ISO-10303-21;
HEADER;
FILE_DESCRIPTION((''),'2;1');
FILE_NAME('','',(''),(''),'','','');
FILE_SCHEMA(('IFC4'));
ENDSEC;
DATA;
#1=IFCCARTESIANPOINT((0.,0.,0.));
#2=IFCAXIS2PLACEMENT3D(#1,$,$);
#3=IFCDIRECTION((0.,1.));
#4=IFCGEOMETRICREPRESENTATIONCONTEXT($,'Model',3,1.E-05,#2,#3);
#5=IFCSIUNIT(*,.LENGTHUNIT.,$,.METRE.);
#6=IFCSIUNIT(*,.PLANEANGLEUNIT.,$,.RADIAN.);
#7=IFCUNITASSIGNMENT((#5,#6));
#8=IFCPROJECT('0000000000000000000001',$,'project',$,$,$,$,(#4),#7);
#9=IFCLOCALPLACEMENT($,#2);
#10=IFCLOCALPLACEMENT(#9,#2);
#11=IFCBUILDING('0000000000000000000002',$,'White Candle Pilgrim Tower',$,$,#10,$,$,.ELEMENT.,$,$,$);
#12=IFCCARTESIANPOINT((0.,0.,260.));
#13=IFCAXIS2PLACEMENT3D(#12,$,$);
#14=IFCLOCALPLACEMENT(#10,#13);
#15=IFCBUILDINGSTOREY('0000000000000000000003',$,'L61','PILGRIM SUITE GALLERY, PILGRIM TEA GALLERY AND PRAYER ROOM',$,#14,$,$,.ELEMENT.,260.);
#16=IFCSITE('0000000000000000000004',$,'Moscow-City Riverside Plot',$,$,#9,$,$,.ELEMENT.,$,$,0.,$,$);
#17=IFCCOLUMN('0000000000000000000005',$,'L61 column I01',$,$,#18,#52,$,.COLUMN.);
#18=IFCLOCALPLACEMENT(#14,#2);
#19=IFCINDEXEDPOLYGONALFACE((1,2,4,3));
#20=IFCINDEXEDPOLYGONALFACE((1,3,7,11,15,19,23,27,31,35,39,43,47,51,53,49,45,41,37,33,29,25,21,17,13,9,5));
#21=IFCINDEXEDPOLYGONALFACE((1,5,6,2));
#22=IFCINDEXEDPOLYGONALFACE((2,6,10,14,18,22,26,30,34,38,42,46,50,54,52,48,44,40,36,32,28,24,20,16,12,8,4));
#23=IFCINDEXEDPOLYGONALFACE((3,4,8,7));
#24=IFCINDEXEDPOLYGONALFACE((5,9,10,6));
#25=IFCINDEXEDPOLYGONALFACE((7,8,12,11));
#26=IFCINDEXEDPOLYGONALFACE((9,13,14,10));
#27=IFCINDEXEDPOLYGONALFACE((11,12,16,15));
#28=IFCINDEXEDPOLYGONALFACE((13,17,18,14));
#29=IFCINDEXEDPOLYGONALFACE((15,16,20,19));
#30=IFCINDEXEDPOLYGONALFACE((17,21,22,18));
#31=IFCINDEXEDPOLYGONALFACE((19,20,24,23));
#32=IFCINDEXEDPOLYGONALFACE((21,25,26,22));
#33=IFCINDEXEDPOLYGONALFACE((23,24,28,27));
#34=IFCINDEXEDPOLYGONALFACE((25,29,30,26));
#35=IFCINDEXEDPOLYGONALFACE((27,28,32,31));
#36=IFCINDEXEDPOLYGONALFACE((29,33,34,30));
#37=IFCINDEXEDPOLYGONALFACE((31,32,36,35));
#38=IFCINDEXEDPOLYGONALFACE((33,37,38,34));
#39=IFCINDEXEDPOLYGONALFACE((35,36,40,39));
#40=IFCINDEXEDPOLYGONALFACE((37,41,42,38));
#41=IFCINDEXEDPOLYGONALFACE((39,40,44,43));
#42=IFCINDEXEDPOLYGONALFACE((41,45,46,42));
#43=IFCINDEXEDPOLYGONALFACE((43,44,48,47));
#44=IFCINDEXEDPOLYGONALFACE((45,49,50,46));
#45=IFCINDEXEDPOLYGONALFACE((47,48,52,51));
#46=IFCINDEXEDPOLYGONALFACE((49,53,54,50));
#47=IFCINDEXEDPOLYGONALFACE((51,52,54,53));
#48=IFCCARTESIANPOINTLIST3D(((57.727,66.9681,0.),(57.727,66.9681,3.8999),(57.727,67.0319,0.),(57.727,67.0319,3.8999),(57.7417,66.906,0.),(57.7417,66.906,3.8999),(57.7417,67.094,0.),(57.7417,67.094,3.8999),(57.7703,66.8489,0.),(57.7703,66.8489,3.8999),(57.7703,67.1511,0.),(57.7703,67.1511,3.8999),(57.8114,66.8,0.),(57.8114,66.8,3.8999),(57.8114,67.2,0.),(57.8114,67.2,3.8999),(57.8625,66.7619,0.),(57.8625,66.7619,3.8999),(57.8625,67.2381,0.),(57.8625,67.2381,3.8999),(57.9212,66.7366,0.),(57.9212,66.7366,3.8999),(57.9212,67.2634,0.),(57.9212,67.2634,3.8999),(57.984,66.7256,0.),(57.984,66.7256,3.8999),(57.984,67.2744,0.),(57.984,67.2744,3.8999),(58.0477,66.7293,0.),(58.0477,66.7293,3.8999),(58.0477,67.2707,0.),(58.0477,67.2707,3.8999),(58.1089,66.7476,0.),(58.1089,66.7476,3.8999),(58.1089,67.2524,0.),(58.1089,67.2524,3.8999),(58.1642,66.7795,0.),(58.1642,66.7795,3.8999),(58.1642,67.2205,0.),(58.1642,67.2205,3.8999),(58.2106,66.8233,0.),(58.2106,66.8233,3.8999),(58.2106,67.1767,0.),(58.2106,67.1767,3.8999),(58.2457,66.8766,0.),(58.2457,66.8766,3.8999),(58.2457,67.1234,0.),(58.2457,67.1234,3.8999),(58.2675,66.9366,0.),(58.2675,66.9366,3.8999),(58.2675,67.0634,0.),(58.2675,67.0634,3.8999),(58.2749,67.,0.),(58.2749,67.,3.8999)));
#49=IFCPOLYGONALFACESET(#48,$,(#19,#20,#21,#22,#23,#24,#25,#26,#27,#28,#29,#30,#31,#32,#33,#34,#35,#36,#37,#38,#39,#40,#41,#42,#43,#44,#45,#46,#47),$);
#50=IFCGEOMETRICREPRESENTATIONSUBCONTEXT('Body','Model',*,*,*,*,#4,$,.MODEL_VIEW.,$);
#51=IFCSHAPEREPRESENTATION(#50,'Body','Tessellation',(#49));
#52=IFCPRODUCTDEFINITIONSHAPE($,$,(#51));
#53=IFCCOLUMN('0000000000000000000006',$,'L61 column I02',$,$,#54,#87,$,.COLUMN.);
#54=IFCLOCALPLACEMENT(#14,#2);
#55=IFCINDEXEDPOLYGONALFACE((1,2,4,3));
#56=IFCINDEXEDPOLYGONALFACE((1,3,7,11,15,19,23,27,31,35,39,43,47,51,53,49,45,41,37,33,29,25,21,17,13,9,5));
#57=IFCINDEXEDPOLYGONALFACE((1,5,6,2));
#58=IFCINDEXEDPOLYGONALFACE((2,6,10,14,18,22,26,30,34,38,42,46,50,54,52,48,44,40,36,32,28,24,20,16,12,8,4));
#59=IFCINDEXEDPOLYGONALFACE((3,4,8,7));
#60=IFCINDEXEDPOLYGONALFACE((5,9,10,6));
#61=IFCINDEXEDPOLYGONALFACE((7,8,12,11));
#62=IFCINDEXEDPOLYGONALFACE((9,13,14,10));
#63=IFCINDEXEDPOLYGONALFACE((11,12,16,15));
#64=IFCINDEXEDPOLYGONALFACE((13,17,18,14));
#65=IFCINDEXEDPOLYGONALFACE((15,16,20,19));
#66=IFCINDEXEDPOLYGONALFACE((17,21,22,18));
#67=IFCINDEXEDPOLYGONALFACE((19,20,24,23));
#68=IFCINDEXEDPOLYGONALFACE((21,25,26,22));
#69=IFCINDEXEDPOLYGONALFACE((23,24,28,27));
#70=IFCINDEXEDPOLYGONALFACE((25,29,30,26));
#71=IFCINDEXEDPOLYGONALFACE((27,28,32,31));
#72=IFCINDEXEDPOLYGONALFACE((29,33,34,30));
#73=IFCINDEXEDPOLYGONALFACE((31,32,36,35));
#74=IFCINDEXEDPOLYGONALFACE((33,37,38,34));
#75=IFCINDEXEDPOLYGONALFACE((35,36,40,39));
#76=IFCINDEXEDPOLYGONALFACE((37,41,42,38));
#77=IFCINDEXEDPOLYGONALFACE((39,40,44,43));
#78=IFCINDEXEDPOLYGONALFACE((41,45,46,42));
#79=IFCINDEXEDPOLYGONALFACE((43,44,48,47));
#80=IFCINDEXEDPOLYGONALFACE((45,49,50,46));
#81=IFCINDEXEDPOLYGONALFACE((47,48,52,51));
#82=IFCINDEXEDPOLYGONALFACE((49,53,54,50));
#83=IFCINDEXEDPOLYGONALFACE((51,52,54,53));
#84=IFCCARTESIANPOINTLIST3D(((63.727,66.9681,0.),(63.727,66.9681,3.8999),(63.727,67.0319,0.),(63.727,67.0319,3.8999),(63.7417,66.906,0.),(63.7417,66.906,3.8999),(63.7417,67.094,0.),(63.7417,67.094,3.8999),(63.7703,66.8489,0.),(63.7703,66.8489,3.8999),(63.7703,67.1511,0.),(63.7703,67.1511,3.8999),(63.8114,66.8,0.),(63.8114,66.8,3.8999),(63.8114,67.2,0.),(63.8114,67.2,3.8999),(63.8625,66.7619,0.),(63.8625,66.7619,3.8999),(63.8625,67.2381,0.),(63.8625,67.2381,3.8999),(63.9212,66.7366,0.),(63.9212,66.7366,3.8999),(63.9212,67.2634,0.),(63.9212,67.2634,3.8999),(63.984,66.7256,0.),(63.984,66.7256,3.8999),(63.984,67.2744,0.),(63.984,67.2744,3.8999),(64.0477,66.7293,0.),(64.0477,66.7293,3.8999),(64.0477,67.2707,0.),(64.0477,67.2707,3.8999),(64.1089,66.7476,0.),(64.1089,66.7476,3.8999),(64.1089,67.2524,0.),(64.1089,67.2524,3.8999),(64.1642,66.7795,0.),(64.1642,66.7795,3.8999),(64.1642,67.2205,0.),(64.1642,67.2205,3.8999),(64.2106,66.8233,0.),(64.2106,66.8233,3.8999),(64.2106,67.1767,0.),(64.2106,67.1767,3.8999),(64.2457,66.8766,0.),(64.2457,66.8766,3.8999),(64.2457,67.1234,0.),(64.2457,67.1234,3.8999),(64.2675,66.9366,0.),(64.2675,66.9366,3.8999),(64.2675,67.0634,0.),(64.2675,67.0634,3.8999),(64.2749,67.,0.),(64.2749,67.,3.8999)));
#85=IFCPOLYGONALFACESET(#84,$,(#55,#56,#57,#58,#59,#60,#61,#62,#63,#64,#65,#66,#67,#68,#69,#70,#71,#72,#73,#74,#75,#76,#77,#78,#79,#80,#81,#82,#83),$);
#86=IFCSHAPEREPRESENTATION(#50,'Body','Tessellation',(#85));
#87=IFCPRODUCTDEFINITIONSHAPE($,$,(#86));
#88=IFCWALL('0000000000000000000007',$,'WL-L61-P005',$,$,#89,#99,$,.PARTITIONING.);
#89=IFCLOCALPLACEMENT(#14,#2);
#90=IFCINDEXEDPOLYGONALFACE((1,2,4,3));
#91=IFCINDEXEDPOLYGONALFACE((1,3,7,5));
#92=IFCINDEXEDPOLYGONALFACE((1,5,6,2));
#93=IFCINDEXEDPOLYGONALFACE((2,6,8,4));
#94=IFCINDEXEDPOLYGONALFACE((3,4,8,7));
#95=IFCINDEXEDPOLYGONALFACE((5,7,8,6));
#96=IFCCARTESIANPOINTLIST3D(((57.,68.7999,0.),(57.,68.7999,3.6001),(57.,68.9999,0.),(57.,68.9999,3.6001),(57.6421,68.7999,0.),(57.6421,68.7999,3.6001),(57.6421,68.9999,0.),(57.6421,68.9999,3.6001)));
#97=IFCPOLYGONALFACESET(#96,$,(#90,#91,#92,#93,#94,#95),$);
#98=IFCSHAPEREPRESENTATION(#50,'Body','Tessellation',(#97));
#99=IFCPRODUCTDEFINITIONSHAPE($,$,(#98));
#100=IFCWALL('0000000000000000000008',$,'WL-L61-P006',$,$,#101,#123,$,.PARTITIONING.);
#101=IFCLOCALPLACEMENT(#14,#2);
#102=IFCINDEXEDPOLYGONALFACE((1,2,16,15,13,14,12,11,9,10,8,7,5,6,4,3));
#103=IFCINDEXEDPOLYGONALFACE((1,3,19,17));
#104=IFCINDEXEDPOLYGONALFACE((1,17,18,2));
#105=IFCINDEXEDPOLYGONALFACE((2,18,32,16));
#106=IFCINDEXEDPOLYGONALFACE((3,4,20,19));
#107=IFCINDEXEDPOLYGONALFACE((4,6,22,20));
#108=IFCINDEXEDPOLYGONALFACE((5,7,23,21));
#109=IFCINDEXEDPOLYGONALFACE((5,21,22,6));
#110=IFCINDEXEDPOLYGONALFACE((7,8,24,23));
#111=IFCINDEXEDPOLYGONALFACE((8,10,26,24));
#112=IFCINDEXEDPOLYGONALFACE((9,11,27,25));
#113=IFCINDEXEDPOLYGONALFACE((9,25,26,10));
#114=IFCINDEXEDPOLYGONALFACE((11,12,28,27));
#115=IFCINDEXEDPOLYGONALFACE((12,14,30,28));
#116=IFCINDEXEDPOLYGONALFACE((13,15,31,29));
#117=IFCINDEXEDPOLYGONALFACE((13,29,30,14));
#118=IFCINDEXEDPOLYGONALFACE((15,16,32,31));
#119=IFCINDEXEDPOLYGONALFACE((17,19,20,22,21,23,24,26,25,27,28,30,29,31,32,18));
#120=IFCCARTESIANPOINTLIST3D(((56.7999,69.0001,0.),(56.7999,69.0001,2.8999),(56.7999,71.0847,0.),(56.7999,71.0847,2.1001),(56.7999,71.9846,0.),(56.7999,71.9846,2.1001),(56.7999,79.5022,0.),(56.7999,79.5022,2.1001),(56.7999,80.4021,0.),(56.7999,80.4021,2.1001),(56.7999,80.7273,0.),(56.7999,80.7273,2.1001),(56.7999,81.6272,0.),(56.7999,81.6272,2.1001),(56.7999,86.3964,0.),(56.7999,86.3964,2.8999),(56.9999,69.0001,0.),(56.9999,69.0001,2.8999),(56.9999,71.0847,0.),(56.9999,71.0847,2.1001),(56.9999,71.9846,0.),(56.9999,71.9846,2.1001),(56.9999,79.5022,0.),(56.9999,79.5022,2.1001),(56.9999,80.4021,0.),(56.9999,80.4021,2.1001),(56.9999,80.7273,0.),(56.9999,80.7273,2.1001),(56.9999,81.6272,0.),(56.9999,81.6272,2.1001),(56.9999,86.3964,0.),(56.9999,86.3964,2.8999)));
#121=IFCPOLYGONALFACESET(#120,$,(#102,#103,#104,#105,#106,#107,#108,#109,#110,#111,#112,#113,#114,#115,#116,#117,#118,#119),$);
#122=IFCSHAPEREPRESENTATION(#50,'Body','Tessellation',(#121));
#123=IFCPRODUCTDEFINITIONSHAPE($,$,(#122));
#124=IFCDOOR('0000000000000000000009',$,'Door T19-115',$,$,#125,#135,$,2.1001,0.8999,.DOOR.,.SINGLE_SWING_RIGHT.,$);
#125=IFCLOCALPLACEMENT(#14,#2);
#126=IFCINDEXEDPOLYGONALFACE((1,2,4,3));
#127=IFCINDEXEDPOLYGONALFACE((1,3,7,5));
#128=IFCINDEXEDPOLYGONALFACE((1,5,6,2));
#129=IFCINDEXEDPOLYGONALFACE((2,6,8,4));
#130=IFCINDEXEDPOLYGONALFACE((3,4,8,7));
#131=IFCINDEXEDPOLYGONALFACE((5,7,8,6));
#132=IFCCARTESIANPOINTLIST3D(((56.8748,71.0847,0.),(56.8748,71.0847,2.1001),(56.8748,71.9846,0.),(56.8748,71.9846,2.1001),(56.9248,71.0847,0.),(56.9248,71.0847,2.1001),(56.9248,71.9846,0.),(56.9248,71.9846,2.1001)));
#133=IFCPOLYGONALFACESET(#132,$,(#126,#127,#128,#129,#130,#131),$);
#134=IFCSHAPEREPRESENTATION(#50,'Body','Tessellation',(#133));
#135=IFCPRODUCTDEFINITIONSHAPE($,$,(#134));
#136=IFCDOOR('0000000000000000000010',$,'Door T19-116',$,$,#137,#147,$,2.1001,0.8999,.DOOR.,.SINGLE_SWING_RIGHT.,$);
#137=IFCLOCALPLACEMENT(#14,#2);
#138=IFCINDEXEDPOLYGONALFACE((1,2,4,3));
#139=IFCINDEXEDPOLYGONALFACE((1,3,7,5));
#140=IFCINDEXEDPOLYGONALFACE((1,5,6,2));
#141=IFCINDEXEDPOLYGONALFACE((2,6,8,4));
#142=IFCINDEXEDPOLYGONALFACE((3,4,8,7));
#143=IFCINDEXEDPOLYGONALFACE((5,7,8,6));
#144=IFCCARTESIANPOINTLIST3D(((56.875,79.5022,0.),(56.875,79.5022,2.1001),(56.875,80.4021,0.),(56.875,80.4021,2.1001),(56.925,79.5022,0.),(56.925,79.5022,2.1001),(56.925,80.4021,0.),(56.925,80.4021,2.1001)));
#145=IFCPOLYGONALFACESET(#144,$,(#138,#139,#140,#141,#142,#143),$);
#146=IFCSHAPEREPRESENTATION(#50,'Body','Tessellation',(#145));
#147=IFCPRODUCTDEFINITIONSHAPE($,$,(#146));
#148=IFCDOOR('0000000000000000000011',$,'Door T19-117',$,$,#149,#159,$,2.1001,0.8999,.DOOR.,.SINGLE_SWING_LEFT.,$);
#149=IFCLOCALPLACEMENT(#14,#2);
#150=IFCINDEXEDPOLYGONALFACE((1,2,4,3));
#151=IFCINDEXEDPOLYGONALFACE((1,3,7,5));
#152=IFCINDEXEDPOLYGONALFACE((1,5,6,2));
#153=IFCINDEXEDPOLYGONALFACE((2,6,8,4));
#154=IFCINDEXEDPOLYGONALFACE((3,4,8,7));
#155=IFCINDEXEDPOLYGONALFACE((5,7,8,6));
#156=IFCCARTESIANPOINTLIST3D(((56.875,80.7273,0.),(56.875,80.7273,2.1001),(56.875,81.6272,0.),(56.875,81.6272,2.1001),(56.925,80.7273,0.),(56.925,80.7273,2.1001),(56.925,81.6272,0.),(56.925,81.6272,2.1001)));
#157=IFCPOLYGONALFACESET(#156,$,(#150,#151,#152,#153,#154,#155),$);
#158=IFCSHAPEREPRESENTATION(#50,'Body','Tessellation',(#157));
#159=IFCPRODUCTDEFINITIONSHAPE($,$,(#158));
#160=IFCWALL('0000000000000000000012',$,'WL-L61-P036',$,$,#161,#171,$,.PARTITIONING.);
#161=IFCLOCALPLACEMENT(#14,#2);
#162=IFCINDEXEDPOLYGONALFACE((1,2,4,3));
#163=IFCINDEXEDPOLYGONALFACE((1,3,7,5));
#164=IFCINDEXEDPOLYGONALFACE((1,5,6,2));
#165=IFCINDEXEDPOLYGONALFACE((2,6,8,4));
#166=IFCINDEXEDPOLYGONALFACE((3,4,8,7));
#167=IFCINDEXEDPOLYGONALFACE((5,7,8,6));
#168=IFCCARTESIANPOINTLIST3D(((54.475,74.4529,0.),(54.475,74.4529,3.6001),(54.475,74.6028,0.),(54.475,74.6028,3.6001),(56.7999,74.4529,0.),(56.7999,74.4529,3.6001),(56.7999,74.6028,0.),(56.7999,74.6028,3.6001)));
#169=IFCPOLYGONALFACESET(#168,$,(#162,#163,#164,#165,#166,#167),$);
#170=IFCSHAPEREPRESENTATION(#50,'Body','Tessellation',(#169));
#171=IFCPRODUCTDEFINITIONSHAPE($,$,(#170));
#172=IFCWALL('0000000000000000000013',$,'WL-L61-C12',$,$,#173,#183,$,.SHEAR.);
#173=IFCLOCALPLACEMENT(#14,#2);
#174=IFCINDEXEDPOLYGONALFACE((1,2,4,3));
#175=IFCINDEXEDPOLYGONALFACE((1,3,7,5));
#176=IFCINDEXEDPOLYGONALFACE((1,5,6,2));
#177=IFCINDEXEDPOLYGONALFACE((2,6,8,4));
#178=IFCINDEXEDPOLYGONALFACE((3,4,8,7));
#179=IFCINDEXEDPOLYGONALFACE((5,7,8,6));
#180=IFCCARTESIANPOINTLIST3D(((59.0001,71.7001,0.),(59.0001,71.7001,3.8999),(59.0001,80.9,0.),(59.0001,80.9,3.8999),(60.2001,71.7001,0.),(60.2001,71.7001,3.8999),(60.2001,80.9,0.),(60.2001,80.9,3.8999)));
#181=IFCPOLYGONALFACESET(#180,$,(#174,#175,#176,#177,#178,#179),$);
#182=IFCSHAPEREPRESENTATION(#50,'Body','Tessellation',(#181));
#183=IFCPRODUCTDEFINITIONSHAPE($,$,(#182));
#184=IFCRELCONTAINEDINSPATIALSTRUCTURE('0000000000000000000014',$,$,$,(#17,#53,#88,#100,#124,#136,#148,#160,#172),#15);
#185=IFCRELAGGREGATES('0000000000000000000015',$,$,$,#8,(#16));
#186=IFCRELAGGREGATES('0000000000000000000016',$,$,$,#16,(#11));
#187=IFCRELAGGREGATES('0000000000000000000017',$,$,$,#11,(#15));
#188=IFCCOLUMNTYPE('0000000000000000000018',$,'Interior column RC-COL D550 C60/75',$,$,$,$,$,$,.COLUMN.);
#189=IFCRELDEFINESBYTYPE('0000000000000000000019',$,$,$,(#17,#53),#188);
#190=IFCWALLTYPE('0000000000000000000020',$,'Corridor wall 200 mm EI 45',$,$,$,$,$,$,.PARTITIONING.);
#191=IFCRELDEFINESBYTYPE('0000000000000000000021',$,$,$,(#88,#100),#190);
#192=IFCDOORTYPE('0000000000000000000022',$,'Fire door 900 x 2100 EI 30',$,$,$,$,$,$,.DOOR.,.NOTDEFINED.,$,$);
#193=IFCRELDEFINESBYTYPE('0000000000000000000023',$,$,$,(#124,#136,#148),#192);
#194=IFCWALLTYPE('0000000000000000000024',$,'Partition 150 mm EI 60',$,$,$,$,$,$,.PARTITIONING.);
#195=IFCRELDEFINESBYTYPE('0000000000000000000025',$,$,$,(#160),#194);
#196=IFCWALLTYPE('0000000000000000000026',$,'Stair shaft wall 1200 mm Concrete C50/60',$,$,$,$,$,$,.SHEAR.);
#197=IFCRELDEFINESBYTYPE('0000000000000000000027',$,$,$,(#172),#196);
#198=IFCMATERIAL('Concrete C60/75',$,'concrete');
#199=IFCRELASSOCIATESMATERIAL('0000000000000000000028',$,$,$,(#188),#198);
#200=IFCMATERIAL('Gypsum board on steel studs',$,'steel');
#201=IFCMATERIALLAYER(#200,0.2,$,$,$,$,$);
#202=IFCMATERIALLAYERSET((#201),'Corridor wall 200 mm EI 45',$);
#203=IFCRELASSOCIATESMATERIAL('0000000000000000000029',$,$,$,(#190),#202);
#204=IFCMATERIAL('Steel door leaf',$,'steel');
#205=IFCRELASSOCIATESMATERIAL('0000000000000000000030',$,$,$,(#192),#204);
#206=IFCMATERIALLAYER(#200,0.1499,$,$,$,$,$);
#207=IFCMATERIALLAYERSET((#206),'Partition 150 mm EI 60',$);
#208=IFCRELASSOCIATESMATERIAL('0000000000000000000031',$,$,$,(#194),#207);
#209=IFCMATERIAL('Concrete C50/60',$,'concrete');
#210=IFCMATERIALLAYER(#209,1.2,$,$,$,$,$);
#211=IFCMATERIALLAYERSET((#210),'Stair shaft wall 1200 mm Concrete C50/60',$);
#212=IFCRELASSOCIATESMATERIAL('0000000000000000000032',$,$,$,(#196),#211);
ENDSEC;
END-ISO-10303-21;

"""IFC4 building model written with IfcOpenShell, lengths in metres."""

from ifc_helpers import new_model, si_unit, direction, frame, frame_2d, origin, origin_2d, place, context, subcontext, project, spatial, rectangle, circle, extrude, material, layer, layer_set, material_profile, profile_set, type_object, element, fill, save


model = new_model("IFC4")

# Units and contexts
model_context = context("Model", 3, precision=1e-05, world=origin(), true_north=direction((0.0, 1.0)))
body_context = subcontext(model_context, "Body", "Model", "MODEL_VIEW")
ifc_project = project(units=[si_unit("LENGTHUNIT", "METRE"), si_unit("PLANEANGLEUNIT", "RADIAN")], contexts=[model_context])

# Site, building, storey
site_placement = place(None, origin())
site = spatial("IfcSite", under=ifc_project, at=site_placement, Name="Moscow-City Riverside Plot", CompositionType="ELEMENT", RefElevation=0.0)
building_placement = place(site_placement, origin())
building = spatial("IfcBuilding", under=site, at=building_placement, Name="White Candle Pilgrim Tower", CompositionType="ELEMENT")
storey_placement = place(building_placement, frame((0.0, 0.0, 260.0)))
storey = spatial("IfcBuildingStorey", under=building, at=storey_placement, Name="L61", Description="PILGRIM SUITE GALLERY, PILGRIM TEA GALLERY AND PRAYER ROOM", CompositionType="ELEMENT", Elevation=260.0)

# Columns
ifc_material_1 = material(Name="Concrete C60/75", Category="concrete")
ifc_material_profile = material_profile(ifc_material_1, circle(Radius=0.2749, at=origin_2d()), Name="RC-COL D550")
ifc_profile_set = profile_set([ifc_material_profile], Name="Concrete C60/75")
column_type = type_object("IfcColumnType", Name="Interior column RC-COL D550 C60/75", PredefinedType="COLUMN", material=ifc_profile_set)
for number, where, z_axis, x_axis, name in (
    (1, (58.0, 67.0, 0.0), (0.0, 0.0, 1.0), (1.0, 0.0, 0.0), "L61 column I01"),
    (2, (64.0, 67.0, 0.0), (0.0, 0.0, 1.0), (1.0, 0.0, 0.0), "L61 column I02"),
):
    element("IfcColumn", number, at=place(storey_placement, frame(where, z_axis=z_axis, x_axis=x_axis)), inside=storey, type_object=column_type, Name=name, PredefinedType="COLUMN", context=body_context, shape_type="SweptSolid", body=[
        extrude(circle(Radius=0.2749, at=origin_2d()), origin(), (0.0, 0.0, 1.0), 3.8999),
    ])

# Wall
ifc_material_2 = material(Name="Gypsum board on steel studs", Category="steel")
ifc_layer_1 = layer(ifc_material_2, 0.2)
ifc_layer_set_1 = layer_set([ifc_layer_1], Name="Corridor wall 200 mm EI 45")
wall_type_1 = type_object("IfcWallType", Name="Corridor wall 200 mm EI 45", PredefinedType="PARTITIONING", material=ifc_layer_set_1)
wall_1_placement = place(storey_placement, frame((57.6421, 68.8999, 0.0), z_axis=(0.0, 0.0, 1.0), x_axis=(-1.0, 0.0, 0.0)))
element("IfcWall", 3, at=wall_1_placement, inside=storey, type_object=wall_type_1, Name="WL-L61-P005", PredefinedType="PARTITIONING", context=body_context, shape_type="SweptSolid", body=[
    extrude(rectangle(XDim=0.6421, YDim=0.2, at=frame_2d((0.321, 0.0))), origin(), (0.0, 0.0, 1.0), 3.6001),
])

# Wall, openings, doors
wall_2_placement = place(storey_placement, frame((56.8999, 69.0, 0.0), z_axis=(0.0, 0.0, 1.0), x_axis=(0.0, 1.0, 0.0)))
wall_2 = element("IfcWall", 4, at=wall_2_placement, inside=storey, type_object=wall_type_1, Name="WL-L61-P006", PredefinedType="PARTITIONING", context=body_context, shape_type="SweptSolid", body=[
    extrude(rectangle(XDim=17.3962, YDim=0.2, at=frame_2d((8.6982, 0.0))), origin(), (0.0, 0.0, 1.0), 2.8999),
])
opening_1_placement = place(wall_2_placement, frame((2.0847, 0.0, 0.0)))
opening_1 = element("IfcOpeningElement", 5, at=opening_1_placement, cuts=wall_2, PredefinedType="OPENING", context=body_context, shape_type="SweptSolid", body=[
    extrude(rectangle(XDim=0.8999, YDim=2.1001, at=frame_2d((0.45, 1.05))), frame((0.0, 0.1099, 0.0), z_axis=(0.0, -1.0, 0.0), x_axis=(1.0, 0.0, 0.0)), (0.0, 0.0, 1.0), 0.22),
])
opening_2_placement = place(wall_2_placement, frame((10.5022, 0.0, 0.0)))
opening_2 = element("IfcOpeningElement", 6, at=opening_2_placement, cuts=wall_2, PredefinedType="OPENING", context=body_context, shape_type="SweptSolid", body=[
    extrude(rectangle(XDim=0.8999, YDim=2.1001, at=frame_2d((0.45, 1.05))), frame((0.0, 0.1099, 0.0), z_axis=(0.0, -1.0, 0.0), x_axis=(1.0, 0.0, 0.0)), (0.0, 0.0, 1.0), 0.22),
])
opening_3_placement = place(wall_2_placement, frame((11.7273, 0.0, 0.0)))
opening_3 = element("IfcOpeningElement", 7, at=opening_3_placement, cuts=wall_2, PredefinedType="OPENING", context=body_context, shape_type="SweptSolid", body=[
    extrude(rectangle(XDim=0.8999, YDim=2.1001, at=frame_2d((0.45, 1.05))), frame((0.0, 0.1099, 0.0), z_axis=(0.0, -1.0, 0.0), x_axis=(1.0, 0.0, 0.0)), (0.0, 0.0, 1.0), 0.22),
])
ifc_material_3 = material(Name="Steel door leaf", Category="steel")
door_type_1 = type_object("IfcDoorType", Name="Fire door 900 x 2100 EI 30", OperationType="NOTDEFINED", PredefinedType="DOOR", material=ifc_material_3)
door_1_placement = place(opening_1_placement, frame((0.8999, 0.0, 0.0), z_axis=(0.0, 0.0, 1.0), x_axis=(-1.0, 0.0, 0.0)))
door_1 = element("IfcDoor", 8, at=door_1_placement, inside=storey, type_object=door_type_1, Name="Door T19-115", OperationType="SINGLE_SWING_RIGHT", OverallHeight=2.1001, OverallWidth=0.8999, PredefinedType="DOOR", context=body_context, shape_type="SweptSolid", body=[
    extrude(rectangle(XDim=0.8999, YDim=2.1001, at=frame_2d((0.45, 1.05))), frame((0.0, 0.0249, 0.0), z_axis=(0.0, -1.0, 0.0), x_axis=(1.0, 0.0, 0.0)), (0.0, 0.0, 1.0), 0.05),
])
fill(opening_1, door_1)
door_2_placement = place(opening_2_placement, origin())
door_2 = element("IfcDoor", 9, at=door_2_placement, inside=storey, type_object=door_type_1, Name="Door T19-116", OperationType="SINGLE_SWING_RIGHT", OverallHeight=2.1001, OverallWidth=0.8999, PredefinedType="DOOR", context=body_context, shape_type="SweptSolid", body=[
    extrude(rectangle(XDim=0.8999, YDim=2.1001, at=frame_2d((0.45, 1.05))), frame((0.0, 0.0249, 0.0), z_axis=(0.0, -1.0, 0.0), x_axis=(1.0, 0.0, 0.0)), (0.0, 0.0, 1.0), 0.05),
])
fill(opening_2, door_2)
door_3_placement = place(opening_3_placement, origin())
door_3 = element("IfcDoor", 10, at=door_3_placement, inside=storey, type_object=door_type_1, Name="Door T19-117", OperationType="SINGLE_SWING_LEFT", OverallHeight=2.1001, OverallWidth=0.8999, PredefinedType="DOOR", context=body_context, shape_type="SweptSolid", body=[
    extrude(rectangle(XDim=0.8999, YDim=2.1001, at=frame_2d((0.45, 1.05))), frame((0.0, 0.0249, 0.0), z_axis=(0.0, -1.0, 0.0), x_axis=(1.0, 0.0, 0.0)), (0.0, 0.0, 1.0), 0.05),
])
fill(opening_3, door_3)

# Walls
ifc_layer_2 = layer(ifc_material_2, 0.1499)
ifc_layer_set_2 = layer_set([ifc_layer_2], Name="Partition 150 mm EI 60")
wall_type_2 = type_object("IfcWallType", Name="Partition 150 mm EI 60", PredefinedType="PARTITIONING", material=ifc_layer_set_2)
wall_3_placement = place(storey_placement, frame((56.8, 74.5278, 0.0), z_axis=(0.0, 0.0, 1.0), x_axis=(-1.0, 0.0, 0.0)))
element("IfcWall", 11, at=wall_3_placement, inside=storey, type_object=wall_type_2, Name="WL-L61-P036", PredefinedType="PARTITIONING", context=body_context, shape_type="SweptSolid", body=[
    extrude(rectangle(XDim=2.325, YDim=0.1499, at=frame_2d((1.1626, 0.0))), origin(), (0.0, 0.0, 1.0), 3.6001),
])
ifc_material_4 = material(Name="Concrete C50/60", Category="concrete")
ifc_layer_3 = layer(ifc_material_4, 1.2)
ifc_layer_set_3 = layer_set([ifc_layer_3], Name="Stair shaft wall 1200 mm Concrete C50/60")
wall_type_3 = type_object("IfcWallType", Name="Stair shaft wall 1200 mm Concrete C50/60", PredefinedType="SHEAR", material=ifc_layer_set_3)
wall_4_placement = place(storey_placement, frame((59.6001, 71.7, 0.0), z_axis=(0.0, 0.0, 1.0), x_axis=(0.0, 1.0, 0.0)))
element("IfcWall", 12, at=wall_4_placement, inside=storey, type_object=wall_type_3, Name="WL-L61-C12", PredefinedType="SHEAR", context=body_context, shape_type="SweptSolid", body=[
    extrude(rectangle(XDim=9.2, YDim=1.2, at=frame_2d((4.6001, 0.0))), origin(), (0.0, 0.0, 1.0), 3.8999),
])

save(model, "model.ifc")
